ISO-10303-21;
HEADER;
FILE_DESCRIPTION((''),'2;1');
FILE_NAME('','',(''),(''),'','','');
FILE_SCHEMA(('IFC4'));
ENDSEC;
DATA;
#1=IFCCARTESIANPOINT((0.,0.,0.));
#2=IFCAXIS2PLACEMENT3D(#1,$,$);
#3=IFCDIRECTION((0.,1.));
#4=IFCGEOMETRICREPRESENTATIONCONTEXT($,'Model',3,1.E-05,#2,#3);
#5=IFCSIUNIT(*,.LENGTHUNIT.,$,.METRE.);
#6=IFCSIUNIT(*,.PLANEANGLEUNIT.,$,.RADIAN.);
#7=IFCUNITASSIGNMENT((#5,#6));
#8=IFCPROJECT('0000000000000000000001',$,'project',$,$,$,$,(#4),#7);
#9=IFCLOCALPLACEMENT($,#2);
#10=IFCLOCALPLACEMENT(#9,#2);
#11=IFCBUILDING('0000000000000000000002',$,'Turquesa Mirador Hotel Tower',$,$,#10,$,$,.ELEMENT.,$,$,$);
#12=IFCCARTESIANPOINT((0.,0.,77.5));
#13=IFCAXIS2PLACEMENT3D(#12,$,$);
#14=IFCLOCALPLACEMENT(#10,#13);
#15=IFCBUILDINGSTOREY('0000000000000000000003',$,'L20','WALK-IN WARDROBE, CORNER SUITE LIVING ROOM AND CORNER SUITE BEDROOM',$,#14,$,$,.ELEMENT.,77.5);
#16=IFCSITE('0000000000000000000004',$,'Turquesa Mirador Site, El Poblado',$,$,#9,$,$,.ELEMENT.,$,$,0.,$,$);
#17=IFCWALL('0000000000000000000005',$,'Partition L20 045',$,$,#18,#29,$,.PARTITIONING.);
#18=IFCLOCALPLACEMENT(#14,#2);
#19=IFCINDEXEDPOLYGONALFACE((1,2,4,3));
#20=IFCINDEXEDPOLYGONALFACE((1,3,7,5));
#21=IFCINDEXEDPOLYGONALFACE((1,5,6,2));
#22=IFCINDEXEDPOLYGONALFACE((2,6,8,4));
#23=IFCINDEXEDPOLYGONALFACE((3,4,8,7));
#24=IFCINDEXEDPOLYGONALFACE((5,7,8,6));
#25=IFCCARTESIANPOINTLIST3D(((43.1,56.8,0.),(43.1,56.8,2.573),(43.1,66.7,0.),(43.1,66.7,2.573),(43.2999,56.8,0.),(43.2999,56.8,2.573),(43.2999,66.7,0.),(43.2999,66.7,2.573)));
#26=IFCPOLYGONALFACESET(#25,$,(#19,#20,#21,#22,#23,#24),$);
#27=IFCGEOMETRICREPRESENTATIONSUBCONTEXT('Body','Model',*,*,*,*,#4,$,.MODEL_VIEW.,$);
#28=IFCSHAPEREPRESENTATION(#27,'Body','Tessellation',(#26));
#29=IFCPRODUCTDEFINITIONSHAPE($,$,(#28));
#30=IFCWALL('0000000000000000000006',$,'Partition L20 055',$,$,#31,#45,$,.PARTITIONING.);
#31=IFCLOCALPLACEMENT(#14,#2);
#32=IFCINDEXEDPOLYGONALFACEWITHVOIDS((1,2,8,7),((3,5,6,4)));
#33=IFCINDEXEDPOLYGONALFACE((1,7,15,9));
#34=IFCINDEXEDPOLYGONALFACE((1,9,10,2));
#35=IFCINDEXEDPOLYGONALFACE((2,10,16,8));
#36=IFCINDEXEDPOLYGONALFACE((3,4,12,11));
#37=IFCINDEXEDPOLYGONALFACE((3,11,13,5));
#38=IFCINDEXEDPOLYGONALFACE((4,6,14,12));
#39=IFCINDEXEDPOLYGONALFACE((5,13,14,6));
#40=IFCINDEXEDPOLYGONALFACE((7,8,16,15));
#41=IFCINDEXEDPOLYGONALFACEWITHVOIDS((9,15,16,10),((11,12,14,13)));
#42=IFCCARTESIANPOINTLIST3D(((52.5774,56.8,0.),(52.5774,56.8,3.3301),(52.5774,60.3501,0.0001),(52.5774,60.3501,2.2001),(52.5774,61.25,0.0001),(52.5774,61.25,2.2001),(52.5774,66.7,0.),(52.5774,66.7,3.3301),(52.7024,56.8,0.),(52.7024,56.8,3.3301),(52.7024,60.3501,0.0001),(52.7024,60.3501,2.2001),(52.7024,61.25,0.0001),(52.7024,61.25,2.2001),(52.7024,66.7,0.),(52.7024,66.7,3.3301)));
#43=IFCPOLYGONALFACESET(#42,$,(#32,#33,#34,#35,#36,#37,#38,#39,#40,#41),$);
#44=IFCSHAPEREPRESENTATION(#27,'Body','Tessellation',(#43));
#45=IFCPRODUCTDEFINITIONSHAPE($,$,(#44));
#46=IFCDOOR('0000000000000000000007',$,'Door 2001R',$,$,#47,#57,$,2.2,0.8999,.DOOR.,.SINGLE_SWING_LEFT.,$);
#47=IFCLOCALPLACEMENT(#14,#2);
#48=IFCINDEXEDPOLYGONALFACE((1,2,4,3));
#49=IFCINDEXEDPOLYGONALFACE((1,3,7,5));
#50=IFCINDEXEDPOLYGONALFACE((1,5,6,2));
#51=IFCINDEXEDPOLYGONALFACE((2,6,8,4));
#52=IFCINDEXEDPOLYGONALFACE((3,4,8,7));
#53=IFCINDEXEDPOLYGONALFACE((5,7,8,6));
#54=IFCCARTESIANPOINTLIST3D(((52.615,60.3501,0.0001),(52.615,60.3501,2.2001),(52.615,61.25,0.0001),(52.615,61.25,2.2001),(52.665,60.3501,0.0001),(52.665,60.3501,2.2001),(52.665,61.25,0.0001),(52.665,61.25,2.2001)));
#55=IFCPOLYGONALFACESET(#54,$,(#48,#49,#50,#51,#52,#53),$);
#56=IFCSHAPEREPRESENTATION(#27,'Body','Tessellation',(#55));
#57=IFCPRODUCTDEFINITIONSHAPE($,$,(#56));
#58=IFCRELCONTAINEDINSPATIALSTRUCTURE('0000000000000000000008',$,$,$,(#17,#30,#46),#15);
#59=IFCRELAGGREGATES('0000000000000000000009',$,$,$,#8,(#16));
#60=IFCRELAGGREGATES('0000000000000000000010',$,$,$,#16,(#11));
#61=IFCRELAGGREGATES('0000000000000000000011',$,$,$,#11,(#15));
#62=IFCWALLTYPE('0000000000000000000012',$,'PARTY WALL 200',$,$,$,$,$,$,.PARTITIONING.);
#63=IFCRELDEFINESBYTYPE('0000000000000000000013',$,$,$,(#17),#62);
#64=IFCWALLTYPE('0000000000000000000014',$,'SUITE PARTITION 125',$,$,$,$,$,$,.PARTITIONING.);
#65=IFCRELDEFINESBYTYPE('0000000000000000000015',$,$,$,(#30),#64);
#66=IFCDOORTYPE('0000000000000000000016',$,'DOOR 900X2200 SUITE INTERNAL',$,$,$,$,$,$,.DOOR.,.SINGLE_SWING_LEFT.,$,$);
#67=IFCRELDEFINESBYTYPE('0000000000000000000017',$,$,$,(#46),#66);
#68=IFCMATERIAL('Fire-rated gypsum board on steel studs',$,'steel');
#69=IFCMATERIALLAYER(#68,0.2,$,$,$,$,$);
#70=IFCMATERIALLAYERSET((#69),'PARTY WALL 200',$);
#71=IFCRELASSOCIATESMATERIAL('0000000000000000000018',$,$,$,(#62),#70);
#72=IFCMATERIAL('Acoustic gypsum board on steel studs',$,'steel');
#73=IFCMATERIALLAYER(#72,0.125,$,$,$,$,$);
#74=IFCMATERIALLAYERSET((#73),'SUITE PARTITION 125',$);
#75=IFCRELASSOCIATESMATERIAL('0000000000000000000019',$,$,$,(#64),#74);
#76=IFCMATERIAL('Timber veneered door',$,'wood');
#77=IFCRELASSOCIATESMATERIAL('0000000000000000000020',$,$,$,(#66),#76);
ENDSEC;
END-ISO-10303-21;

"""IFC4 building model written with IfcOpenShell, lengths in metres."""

from ifc_helpers import new_model, si_unit, direction, frame, frame_2d, origin, place, context, subcontext, project, spatial, rectangle, extrude, material, layer, layer_set, type_object, element, fill, save


model = new_model("IFC4")

# Units and contexts
model_context = context("Model", 3, precision=1e-05, world=origin(), true_north=direction((0.0, 1.0)))
body_context = subcontext(model_context, "Body", "Model", "MODEL_VIEW")
ifc_project = project(units=[si_unit("LENGTHUNIT", "METRE"), si_unit("PLANEANGLEUNIT", "RADIAN")], contexts=[model_context])

# Site, building, storey
site_placement = place(None, origin())
site = spatial("IfcSite", under=ifc_project, at=site_placement, Name="Turquesa Mirador Site, El Poblado", CompositionType="ELEMENT", RefElevation=0.0)
building_placement = place(site_placement, origin())
building = spatial("IfcBuilding", under=site, at=building_placement, Name="Turquesa Mirador Hotel Tower", CompositionType="ELEMENT")
storey_placement = place(building_placement, frame((0.0, 0.0, 77.5)))
storey = spatial("IfcBuildingStorey", under=building, at=storey_placement, Name="L20", Description="WALK-IN WARDROBE, CORNER SUITE LIVING ROOM AND CORNER SUITE BEDROOM", CompositionType="ELEMENT", Elevation=77.5)

# Wall
ifc_material_1 = material(Name="Fire-rated gypsum board on steel studs", Category="steel")
ifc_layer_1 = layer(ifc_material_1, 0.2)
ifc_layer_set_1 = layer_set([ifc_layer_1], Name="PARTY WALL 200")
wall_type_1 = type_object("IfcWallType", Name="PARTY WALL 200", PredefinedType="PARTITIONING", material=ifc_layer_set_1)
wall_1_placement = place(storey_placement, frame((43.2, 56.8, 0.0), z_axis=(0.0, 0.0, 1.0), x_axis=(0.0, 1.0, 0.0)))
element("IfcWall", 1, at=wall_1_placement, inside=storey, type_object=wall_type_1, Name="Partition L20 045", PredefinedType="PARTITIONING", context=body_context, shape_type="SweptSolid", body=[
    extrude(rectangle(XDim=9.8999, YDim=0.2, at=frame_2d((4.95, 0.0))), origin(), (0.0, 0.0, 1.0), 2.573),
])

# Wall, opening, door
ifc_material_2 = material(Name="Acoustic gypsum board on steel studs", Category="steel")
ifc_layer_2 = layer(ifc_material_2, 0.125)
ifc_layer_set_2 = layer_set([ifc_layer_2], Name="SUITE PARTITION 125")
wall_type_2 = type_object("IfcWallType", Name="SUITE PARTITION 125", PredefinedType="PARTITIONING", material=ifc_layer_set_2)
wall_2_placement = place(storey_placement, frame((52.6399, 56.8, 0.0), z_axis=(0.0, 0.0, 1.0), x_axis=(0.0, 1.0, 0.0)))
wall_2 = element("IfcWall", 2, at=wall_2_placement, inside=storey, type_object=wall_type_2, Name="Partition L20 055", PredefinedType="PARTITIONING", context=body_context, shape_type="SweptSolid", body=[
    extrude(rectangle(XDim=9.8999, YDim=0.125, at=frame_2d((4.95, 0.0))), origin(), (0.0, 0.0, 1.0), 3.3301),
])
opening_1_placement = place(wall_2_placement, frame((3.55, 0.0, 0.0)))
opening_1 = element("IfcOpeningElement", 3, at=opening_1_placement, cuts=wall_2, PredefinedType="OPENING", context=body_context, shape_type="SweptSolid", body=[
    extrude(rectangle(XDim=0.8999, YDim=2.2, at=frame_2d((0.45, 1.1001))), frame((0.0, 0.0725, 0.0), z_axis=(0.0, -1.0, 0.0), x_axis=(1.0, 0.0, 0.0)), (0.0, 0.0, 1.0), 0.145),
])
ifc_material_3 = material(Name="Timber veneered door", Category="wood")
door_type_1 = type_object("IfcDoorType", Name="DOOR 900X2200 SUITE INTERNAL", OperationType="SINGLE_SWING_LEFT", PredefinedType="DOOR", material=ifc_material_3)
door_1_placement = place(opening_1_placement, origin())
door_1 = element("IfcDoor", 4, at=door_1_placement, inside=storey, type_object=door_type_1, Name="Door 2001R", OperationType="SINGLE_SWING_LEFT", OverallHeight=2.2, OverallWidth=0.8999, PredefinedType="DOOR", context=body_context, shape_type="SweptSolid", body=[
    extrude(rectangle(XDim=0.8999, YDim=2.2, at=frame_2d((0.45, 1.1001))), frame((0.0, 0.0249, 0.0), z_axis=(0.0, -1.0, 0.0), x_axis=(1.0, 0.0, 0.0)), (0.0, 0.0, 1.0), 0.05),
])
fill(opening_1, door_1)

save(model, "model.ifc")
